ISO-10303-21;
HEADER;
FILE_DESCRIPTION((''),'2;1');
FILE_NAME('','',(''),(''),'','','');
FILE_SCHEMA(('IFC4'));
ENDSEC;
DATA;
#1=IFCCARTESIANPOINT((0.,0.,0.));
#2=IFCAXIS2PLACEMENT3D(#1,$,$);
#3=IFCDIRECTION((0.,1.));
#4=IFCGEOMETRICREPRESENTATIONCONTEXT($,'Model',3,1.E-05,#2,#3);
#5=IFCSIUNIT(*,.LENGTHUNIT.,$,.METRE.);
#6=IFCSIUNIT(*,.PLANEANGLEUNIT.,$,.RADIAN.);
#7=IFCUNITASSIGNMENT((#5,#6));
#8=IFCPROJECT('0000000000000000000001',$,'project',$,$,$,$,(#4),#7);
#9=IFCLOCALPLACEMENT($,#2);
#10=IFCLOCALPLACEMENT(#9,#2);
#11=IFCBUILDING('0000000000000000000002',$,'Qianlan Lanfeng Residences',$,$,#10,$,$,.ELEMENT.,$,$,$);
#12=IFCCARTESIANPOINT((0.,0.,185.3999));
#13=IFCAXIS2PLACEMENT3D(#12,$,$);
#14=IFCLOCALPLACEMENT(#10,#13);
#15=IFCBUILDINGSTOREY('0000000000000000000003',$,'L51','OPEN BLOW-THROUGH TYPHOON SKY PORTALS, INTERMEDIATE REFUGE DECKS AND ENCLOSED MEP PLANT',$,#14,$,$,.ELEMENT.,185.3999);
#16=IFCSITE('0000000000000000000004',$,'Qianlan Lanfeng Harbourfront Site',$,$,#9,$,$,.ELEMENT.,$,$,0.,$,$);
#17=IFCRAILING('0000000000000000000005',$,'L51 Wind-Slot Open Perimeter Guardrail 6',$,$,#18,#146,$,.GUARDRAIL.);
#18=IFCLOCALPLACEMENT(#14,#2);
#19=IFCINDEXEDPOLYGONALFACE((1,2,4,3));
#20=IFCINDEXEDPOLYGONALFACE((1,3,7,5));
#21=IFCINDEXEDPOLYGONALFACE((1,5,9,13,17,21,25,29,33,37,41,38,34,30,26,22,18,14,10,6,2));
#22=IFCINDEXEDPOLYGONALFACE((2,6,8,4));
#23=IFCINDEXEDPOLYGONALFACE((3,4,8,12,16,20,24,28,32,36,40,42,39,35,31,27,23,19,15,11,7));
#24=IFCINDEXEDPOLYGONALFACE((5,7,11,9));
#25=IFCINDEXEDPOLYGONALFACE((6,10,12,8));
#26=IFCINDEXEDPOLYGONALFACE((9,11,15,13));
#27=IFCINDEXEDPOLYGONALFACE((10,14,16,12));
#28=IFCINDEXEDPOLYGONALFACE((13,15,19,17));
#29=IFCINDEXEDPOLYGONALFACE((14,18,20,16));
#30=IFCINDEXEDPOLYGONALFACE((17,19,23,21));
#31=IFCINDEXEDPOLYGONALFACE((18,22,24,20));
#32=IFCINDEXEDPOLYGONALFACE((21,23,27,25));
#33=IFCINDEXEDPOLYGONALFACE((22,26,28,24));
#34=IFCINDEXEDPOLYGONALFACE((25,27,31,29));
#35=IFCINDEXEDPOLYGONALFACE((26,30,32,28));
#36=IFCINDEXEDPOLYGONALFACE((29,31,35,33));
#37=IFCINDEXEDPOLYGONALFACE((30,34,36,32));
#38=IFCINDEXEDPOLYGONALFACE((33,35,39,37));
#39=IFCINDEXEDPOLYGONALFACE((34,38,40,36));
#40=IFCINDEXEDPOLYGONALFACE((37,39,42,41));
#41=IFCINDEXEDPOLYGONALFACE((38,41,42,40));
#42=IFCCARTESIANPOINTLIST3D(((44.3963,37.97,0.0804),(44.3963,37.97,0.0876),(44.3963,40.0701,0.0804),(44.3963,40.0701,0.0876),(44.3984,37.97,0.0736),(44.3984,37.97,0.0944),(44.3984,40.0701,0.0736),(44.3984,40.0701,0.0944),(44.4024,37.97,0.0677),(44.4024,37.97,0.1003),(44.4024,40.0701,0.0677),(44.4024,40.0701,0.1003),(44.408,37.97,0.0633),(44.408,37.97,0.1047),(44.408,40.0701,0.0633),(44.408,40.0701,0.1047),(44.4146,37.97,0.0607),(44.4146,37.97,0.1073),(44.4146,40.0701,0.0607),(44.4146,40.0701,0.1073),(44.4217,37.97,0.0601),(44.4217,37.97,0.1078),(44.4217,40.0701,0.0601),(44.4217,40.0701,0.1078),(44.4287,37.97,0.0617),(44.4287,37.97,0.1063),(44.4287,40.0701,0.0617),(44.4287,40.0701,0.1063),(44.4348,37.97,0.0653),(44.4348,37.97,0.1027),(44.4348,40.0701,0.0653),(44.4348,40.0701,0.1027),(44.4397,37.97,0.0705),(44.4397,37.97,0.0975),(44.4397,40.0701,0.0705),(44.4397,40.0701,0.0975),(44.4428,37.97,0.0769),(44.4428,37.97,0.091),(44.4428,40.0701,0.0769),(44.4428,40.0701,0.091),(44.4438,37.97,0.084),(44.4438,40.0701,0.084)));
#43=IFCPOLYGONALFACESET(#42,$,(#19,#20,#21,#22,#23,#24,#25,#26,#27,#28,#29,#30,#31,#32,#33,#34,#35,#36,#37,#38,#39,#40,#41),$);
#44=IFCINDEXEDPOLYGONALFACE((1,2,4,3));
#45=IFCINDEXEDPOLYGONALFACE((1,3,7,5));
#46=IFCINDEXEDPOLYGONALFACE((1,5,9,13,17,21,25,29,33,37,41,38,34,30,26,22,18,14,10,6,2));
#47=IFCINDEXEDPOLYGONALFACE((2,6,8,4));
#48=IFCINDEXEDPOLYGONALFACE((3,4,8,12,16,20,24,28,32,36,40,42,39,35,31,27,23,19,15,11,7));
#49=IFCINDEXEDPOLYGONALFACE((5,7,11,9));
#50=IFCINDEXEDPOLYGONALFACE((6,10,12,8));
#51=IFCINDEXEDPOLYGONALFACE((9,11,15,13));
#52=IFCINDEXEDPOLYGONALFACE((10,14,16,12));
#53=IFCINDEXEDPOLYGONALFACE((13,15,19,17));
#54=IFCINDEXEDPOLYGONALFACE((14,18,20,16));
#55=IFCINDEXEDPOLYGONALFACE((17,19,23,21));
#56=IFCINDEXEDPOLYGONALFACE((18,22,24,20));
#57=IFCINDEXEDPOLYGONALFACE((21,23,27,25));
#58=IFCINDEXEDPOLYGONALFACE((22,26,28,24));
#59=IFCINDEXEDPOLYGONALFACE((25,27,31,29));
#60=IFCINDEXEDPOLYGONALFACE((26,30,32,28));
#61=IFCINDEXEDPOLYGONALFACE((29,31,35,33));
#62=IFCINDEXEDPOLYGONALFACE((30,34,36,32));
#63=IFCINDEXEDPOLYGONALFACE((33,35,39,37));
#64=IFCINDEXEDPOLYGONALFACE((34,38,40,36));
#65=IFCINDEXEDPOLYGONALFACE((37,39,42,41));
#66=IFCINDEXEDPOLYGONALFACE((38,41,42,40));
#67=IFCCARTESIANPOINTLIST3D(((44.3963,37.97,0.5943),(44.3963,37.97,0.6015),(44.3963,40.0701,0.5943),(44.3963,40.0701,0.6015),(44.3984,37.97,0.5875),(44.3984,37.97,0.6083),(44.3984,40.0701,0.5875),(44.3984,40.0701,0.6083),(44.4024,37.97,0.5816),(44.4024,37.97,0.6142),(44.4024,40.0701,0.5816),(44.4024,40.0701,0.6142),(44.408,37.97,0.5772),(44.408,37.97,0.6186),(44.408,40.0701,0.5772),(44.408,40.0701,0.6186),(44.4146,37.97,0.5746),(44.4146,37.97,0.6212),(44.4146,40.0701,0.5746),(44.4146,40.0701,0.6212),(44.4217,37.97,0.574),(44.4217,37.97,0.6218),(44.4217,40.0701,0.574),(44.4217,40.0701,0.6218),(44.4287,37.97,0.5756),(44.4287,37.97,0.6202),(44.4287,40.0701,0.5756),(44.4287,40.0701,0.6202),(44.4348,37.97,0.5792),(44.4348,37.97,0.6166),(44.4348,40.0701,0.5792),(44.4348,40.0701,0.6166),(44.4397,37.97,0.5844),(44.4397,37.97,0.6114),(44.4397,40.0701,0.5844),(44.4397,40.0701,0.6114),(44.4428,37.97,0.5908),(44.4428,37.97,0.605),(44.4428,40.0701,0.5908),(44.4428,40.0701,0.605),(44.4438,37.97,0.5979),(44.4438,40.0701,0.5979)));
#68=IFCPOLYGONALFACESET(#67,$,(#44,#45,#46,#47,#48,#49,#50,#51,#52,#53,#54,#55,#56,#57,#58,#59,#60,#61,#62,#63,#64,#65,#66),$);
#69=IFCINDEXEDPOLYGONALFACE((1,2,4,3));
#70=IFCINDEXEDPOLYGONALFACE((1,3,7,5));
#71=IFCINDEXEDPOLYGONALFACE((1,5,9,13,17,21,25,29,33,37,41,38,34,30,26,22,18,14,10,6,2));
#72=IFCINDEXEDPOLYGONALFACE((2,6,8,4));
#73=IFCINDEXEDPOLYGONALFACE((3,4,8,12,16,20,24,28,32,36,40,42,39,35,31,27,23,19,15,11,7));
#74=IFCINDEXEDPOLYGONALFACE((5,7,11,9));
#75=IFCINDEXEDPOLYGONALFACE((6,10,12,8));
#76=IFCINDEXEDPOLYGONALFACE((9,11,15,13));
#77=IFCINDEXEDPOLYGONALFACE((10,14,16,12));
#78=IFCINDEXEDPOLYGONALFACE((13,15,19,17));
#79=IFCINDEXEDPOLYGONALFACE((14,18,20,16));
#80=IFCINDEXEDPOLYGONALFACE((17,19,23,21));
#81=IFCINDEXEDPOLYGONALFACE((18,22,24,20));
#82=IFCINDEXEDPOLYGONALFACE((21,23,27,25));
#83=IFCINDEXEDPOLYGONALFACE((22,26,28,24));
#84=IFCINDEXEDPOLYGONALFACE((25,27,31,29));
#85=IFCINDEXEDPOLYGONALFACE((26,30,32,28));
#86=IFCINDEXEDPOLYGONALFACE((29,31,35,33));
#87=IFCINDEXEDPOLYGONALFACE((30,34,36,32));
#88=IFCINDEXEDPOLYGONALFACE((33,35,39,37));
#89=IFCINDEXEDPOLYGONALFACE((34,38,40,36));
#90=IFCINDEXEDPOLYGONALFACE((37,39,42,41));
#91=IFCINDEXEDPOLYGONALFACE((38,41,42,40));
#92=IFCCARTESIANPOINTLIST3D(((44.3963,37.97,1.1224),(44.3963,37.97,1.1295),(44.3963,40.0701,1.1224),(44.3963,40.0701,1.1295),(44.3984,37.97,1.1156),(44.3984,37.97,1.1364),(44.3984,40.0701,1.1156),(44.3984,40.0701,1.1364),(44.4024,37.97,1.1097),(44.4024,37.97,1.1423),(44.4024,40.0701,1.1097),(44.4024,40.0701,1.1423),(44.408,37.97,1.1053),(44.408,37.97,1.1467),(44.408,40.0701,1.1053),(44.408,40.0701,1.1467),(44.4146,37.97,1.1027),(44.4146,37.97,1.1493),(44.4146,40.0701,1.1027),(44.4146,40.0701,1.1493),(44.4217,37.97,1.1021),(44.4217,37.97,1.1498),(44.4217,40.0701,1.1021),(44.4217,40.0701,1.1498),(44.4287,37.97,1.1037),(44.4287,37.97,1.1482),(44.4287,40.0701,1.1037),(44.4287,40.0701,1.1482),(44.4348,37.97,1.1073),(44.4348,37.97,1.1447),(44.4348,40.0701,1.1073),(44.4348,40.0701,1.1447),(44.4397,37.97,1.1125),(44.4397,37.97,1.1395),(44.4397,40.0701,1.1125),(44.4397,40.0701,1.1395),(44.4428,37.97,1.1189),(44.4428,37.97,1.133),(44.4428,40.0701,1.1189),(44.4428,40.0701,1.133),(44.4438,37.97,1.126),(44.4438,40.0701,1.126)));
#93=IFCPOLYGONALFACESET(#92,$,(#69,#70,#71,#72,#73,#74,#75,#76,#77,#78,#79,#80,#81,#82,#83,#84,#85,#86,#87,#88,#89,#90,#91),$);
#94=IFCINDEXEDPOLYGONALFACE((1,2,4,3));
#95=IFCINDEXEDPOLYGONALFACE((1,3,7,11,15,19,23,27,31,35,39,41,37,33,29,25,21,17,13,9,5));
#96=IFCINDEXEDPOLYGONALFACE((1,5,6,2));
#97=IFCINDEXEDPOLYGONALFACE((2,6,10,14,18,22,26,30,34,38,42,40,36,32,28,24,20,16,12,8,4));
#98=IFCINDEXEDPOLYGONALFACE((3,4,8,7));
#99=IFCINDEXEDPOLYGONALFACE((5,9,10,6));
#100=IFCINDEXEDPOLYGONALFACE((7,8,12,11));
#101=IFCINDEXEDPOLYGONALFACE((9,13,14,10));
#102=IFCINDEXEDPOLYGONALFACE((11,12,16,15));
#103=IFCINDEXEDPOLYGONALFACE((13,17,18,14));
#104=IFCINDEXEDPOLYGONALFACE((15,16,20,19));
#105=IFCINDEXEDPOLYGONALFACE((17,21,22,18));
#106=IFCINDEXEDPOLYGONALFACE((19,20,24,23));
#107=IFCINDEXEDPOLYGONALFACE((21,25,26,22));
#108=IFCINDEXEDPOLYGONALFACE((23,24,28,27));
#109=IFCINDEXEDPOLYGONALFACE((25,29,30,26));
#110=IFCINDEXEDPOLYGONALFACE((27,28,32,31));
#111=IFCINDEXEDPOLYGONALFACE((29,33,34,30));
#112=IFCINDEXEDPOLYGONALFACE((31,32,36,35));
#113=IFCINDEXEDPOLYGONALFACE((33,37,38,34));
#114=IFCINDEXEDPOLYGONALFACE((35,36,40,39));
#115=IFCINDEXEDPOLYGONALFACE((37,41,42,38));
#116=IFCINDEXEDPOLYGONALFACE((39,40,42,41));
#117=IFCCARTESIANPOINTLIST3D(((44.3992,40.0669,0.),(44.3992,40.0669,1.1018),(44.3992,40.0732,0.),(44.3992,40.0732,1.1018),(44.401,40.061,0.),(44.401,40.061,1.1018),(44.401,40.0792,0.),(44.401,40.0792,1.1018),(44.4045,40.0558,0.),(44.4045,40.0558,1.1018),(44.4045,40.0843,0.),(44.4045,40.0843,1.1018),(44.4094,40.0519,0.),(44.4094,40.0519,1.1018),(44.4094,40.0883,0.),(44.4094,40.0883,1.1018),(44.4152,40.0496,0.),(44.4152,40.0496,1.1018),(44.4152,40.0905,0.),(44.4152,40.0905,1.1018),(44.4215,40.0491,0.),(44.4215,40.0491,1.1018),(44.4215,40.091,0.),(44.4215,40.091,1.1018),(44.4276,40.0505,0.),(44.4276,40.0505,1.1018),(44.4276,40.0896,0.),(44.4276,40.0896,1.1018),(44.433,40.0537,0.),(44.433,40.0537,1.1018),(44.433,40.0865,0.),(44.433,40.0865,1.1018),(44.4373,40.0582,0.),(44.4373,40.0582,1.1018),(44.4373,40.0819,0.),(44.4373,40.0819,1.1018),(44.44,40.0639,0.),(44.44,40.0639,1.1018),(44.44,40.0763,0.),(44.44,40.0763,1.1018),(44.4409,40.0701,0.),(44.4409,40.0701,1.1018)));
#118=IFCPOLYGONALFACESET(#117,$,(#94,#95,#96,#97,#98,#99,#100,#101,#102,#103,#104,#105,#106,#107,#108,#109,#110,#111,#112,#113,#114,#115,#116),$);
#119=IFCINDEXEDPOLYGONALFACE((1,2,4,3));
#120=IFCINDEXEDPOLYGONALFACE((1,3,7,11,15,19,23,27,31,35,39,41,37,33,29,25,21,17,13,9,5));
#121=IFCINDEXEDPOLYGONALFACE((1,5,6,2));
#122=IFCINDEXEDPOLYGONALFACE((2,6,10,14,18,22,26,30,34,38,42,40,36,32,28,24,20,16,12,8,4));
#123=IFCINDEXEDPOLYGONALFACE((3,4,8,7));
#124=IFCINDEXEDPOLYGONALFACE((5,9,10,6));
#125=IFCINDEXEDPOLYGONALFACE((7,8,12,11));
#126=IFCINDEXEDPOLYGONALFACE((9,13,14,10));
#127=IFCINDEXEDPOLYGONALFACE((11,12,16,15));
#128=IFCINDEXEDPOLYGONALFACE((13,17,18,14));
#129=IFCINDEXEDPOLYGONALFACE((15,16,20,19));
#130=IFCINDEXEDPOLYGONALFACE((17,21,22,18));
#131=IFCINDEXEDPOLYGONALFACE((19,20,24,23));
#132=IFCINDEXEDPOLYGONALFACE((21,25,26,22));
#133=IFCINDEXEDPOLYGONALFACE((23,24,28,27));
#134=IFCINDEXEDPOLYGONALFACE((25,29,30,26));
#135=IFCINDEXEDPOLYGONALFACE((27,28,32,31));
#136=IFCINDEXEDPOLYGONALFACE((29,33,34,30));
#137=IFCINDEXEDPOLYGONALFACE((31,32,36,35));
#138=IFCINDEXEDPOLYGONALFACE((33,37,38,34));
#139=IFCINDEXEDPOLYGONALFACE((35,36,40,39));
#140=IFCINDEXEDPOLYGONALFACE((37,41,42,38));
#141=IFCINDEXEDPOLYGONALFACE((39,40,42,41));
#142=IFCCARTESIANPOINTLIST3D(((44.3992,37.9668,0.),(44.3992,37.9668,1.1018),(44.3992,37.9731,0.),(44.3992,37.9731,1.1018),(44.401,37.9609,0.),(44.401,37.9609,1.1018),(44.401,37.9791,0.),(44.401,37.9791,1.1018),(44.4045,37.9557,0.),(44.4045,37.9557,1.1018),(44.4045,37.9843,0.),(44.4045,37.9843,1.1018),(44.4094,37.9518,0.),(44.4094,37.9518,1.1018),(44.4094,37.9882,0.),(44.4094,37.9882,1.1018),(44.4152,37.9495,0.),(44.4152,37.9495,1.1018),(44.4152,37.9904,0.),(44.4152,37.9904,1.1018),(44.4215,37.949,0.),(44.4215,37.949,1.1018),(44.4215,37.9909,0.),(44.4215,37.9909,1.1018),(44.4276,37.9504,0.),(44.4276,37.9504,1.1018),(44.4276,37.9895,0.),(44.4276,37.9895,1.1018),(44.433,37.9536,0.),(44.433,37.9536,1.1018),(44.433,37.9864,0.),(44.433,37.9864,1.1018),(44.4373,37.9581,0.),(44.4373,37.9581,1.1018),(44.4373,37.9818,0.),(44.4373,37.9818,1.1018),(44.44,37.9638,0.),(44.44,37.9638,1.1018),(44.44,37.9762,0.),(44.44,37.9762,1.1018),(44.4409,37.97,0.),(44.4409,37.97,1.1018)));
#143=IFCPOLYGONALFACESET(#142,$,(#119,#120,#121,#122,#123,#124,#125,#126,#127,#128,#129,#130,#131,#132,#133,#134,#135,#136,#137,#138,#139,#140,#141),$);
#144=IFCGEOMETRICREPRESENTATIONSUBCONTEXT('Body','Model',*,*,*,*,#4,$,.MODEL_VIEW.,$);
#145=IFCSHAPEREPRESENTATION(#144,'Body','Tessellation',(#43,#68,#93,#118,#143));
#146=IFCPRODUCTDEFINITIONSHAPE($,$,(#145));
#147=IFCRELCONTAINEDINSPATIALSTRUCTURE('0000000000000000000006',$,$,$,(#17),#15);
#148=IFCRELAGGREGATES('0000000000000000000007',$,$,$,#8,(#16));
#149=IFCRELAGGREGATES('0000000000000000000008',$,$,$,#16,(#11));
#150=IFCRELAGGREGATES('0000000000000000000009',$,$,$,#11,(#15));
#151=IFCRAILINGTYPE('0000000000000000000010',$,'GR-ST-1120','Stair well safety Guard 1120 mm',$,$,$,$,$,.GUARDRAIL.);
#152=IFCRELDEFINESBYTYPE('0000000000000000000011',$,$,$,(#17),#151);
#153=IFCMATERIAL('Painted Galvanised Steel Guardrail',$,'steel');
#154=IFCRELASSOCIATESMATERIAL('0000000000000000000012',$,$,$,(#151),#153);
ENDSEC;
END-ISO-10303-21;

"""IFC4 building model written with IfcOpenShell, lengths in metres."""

from ifc_helpers import new_model, si_unit, direction, frame, origin, origin_2d, place, context, subcontext, project, spatial, circle, extrude, material, type_object, element, save


model = new_model("IFC4")

# Units and contexts
model_context = context("Model", 3, precision=1e-05, world=origin(), true_north=direction((0.0, 1.0)))
body_context = subcontext(model_context, "Body", "Model", "MODEL_VIEW")
ifc_project = project(units=[si_unit("LENGTHUNIT", "METRE"), si_unit("PLANEANGLEUNIT", "RADIAN")], contexts=[model_context])

# Site, building, storey
site_placement = place(None, origin())
site = spatial("IfcSite", under=ifc_project, at=site_placement, Name="Qianlan Lanfeng Harbourfront Site", CompositionType="ELEMENT", RefElevation=0.0)
building_placement = place(site_placement, origin())
building = spatial("IfcBuilding", under=site, at=building_placement, Name="Qianlan Lanfeng Residences", CompositionType="ELEMENT")
storey_placement = place(building_placement, frame((0.0, 0.0, 185.3999)))
storey = spatial("IfcBuildingStorey", under=building, at=storey_placement, Name="L51", Description="OPEN BLOW-THROUGH TYPHOON SKY PORTALS, INTERMEDIATE REFUGE DECKS AND ENCLOSED MEP PLANT", CompositionType="ELEMENT", Elevation=185.3999)

# Railing
ifc_material_1 = material(Name="Painted Galvanised Steel Guardrail", Category="steel")
railing_type_1 = type_object("IfcRailingType", Name="GR-ST-1120", Description="Stair well safety Guard 1120 mm", PredefinedType="GUARDRAIL", material=ifc_material_1)
railing_1_placement = place(storey_placement, frame((44.4199, 40.0701, 0.0)))
element("IfcRailing", 1, at=railing_1_placement, inside=storey, type_object=railing_type_1, Name="L51 Wind-Slot Open Perimeter Guardrail 6", PredefinedType="GUARDRAIL", context=body_context, shape_type="SweptSolid", body=[
    extrude(circle(Radius=0.0239, at=origin_2d()), frame((0.0, 0.0, 0.084), z_axis=(0.0, -1.0, 0.0), x_axis=(1.0, 0.0, 0.0)), (0.0, 0.0, 1.0), 2.1001),
    extrude(circle(Radius=0.0239, at=origin_2d()), frame((0.0, 0.0, 0.5979), z_axis=(0.0, -1.0, 0.0), x_axis=(1.0, 0.0, 0.0)), (0.0, 0.0, 1.0), 2.1001),
    extrude(circle(Radius=0.0239, at=origin_2d()), frame((0.0, 0.0, 1.126), z_axis=(0.0, -1.0, 0.0), x_axis=(1.0, 0.0, 0.0)), (0.0, 0.0, 1.0), 2.1001),
    extrude(circle(Radius=0.021, at=origin_2d()), origin(), (0.0, 0.0, 1.0), 1.1018),
    extrude(circle(Radius=0.021, at=origin_2d()), frame((0.0, -2.1001, 0.0)), (0.0, 0.0, 1.0), 1.1018),
])

save(model, "model.ifc")
